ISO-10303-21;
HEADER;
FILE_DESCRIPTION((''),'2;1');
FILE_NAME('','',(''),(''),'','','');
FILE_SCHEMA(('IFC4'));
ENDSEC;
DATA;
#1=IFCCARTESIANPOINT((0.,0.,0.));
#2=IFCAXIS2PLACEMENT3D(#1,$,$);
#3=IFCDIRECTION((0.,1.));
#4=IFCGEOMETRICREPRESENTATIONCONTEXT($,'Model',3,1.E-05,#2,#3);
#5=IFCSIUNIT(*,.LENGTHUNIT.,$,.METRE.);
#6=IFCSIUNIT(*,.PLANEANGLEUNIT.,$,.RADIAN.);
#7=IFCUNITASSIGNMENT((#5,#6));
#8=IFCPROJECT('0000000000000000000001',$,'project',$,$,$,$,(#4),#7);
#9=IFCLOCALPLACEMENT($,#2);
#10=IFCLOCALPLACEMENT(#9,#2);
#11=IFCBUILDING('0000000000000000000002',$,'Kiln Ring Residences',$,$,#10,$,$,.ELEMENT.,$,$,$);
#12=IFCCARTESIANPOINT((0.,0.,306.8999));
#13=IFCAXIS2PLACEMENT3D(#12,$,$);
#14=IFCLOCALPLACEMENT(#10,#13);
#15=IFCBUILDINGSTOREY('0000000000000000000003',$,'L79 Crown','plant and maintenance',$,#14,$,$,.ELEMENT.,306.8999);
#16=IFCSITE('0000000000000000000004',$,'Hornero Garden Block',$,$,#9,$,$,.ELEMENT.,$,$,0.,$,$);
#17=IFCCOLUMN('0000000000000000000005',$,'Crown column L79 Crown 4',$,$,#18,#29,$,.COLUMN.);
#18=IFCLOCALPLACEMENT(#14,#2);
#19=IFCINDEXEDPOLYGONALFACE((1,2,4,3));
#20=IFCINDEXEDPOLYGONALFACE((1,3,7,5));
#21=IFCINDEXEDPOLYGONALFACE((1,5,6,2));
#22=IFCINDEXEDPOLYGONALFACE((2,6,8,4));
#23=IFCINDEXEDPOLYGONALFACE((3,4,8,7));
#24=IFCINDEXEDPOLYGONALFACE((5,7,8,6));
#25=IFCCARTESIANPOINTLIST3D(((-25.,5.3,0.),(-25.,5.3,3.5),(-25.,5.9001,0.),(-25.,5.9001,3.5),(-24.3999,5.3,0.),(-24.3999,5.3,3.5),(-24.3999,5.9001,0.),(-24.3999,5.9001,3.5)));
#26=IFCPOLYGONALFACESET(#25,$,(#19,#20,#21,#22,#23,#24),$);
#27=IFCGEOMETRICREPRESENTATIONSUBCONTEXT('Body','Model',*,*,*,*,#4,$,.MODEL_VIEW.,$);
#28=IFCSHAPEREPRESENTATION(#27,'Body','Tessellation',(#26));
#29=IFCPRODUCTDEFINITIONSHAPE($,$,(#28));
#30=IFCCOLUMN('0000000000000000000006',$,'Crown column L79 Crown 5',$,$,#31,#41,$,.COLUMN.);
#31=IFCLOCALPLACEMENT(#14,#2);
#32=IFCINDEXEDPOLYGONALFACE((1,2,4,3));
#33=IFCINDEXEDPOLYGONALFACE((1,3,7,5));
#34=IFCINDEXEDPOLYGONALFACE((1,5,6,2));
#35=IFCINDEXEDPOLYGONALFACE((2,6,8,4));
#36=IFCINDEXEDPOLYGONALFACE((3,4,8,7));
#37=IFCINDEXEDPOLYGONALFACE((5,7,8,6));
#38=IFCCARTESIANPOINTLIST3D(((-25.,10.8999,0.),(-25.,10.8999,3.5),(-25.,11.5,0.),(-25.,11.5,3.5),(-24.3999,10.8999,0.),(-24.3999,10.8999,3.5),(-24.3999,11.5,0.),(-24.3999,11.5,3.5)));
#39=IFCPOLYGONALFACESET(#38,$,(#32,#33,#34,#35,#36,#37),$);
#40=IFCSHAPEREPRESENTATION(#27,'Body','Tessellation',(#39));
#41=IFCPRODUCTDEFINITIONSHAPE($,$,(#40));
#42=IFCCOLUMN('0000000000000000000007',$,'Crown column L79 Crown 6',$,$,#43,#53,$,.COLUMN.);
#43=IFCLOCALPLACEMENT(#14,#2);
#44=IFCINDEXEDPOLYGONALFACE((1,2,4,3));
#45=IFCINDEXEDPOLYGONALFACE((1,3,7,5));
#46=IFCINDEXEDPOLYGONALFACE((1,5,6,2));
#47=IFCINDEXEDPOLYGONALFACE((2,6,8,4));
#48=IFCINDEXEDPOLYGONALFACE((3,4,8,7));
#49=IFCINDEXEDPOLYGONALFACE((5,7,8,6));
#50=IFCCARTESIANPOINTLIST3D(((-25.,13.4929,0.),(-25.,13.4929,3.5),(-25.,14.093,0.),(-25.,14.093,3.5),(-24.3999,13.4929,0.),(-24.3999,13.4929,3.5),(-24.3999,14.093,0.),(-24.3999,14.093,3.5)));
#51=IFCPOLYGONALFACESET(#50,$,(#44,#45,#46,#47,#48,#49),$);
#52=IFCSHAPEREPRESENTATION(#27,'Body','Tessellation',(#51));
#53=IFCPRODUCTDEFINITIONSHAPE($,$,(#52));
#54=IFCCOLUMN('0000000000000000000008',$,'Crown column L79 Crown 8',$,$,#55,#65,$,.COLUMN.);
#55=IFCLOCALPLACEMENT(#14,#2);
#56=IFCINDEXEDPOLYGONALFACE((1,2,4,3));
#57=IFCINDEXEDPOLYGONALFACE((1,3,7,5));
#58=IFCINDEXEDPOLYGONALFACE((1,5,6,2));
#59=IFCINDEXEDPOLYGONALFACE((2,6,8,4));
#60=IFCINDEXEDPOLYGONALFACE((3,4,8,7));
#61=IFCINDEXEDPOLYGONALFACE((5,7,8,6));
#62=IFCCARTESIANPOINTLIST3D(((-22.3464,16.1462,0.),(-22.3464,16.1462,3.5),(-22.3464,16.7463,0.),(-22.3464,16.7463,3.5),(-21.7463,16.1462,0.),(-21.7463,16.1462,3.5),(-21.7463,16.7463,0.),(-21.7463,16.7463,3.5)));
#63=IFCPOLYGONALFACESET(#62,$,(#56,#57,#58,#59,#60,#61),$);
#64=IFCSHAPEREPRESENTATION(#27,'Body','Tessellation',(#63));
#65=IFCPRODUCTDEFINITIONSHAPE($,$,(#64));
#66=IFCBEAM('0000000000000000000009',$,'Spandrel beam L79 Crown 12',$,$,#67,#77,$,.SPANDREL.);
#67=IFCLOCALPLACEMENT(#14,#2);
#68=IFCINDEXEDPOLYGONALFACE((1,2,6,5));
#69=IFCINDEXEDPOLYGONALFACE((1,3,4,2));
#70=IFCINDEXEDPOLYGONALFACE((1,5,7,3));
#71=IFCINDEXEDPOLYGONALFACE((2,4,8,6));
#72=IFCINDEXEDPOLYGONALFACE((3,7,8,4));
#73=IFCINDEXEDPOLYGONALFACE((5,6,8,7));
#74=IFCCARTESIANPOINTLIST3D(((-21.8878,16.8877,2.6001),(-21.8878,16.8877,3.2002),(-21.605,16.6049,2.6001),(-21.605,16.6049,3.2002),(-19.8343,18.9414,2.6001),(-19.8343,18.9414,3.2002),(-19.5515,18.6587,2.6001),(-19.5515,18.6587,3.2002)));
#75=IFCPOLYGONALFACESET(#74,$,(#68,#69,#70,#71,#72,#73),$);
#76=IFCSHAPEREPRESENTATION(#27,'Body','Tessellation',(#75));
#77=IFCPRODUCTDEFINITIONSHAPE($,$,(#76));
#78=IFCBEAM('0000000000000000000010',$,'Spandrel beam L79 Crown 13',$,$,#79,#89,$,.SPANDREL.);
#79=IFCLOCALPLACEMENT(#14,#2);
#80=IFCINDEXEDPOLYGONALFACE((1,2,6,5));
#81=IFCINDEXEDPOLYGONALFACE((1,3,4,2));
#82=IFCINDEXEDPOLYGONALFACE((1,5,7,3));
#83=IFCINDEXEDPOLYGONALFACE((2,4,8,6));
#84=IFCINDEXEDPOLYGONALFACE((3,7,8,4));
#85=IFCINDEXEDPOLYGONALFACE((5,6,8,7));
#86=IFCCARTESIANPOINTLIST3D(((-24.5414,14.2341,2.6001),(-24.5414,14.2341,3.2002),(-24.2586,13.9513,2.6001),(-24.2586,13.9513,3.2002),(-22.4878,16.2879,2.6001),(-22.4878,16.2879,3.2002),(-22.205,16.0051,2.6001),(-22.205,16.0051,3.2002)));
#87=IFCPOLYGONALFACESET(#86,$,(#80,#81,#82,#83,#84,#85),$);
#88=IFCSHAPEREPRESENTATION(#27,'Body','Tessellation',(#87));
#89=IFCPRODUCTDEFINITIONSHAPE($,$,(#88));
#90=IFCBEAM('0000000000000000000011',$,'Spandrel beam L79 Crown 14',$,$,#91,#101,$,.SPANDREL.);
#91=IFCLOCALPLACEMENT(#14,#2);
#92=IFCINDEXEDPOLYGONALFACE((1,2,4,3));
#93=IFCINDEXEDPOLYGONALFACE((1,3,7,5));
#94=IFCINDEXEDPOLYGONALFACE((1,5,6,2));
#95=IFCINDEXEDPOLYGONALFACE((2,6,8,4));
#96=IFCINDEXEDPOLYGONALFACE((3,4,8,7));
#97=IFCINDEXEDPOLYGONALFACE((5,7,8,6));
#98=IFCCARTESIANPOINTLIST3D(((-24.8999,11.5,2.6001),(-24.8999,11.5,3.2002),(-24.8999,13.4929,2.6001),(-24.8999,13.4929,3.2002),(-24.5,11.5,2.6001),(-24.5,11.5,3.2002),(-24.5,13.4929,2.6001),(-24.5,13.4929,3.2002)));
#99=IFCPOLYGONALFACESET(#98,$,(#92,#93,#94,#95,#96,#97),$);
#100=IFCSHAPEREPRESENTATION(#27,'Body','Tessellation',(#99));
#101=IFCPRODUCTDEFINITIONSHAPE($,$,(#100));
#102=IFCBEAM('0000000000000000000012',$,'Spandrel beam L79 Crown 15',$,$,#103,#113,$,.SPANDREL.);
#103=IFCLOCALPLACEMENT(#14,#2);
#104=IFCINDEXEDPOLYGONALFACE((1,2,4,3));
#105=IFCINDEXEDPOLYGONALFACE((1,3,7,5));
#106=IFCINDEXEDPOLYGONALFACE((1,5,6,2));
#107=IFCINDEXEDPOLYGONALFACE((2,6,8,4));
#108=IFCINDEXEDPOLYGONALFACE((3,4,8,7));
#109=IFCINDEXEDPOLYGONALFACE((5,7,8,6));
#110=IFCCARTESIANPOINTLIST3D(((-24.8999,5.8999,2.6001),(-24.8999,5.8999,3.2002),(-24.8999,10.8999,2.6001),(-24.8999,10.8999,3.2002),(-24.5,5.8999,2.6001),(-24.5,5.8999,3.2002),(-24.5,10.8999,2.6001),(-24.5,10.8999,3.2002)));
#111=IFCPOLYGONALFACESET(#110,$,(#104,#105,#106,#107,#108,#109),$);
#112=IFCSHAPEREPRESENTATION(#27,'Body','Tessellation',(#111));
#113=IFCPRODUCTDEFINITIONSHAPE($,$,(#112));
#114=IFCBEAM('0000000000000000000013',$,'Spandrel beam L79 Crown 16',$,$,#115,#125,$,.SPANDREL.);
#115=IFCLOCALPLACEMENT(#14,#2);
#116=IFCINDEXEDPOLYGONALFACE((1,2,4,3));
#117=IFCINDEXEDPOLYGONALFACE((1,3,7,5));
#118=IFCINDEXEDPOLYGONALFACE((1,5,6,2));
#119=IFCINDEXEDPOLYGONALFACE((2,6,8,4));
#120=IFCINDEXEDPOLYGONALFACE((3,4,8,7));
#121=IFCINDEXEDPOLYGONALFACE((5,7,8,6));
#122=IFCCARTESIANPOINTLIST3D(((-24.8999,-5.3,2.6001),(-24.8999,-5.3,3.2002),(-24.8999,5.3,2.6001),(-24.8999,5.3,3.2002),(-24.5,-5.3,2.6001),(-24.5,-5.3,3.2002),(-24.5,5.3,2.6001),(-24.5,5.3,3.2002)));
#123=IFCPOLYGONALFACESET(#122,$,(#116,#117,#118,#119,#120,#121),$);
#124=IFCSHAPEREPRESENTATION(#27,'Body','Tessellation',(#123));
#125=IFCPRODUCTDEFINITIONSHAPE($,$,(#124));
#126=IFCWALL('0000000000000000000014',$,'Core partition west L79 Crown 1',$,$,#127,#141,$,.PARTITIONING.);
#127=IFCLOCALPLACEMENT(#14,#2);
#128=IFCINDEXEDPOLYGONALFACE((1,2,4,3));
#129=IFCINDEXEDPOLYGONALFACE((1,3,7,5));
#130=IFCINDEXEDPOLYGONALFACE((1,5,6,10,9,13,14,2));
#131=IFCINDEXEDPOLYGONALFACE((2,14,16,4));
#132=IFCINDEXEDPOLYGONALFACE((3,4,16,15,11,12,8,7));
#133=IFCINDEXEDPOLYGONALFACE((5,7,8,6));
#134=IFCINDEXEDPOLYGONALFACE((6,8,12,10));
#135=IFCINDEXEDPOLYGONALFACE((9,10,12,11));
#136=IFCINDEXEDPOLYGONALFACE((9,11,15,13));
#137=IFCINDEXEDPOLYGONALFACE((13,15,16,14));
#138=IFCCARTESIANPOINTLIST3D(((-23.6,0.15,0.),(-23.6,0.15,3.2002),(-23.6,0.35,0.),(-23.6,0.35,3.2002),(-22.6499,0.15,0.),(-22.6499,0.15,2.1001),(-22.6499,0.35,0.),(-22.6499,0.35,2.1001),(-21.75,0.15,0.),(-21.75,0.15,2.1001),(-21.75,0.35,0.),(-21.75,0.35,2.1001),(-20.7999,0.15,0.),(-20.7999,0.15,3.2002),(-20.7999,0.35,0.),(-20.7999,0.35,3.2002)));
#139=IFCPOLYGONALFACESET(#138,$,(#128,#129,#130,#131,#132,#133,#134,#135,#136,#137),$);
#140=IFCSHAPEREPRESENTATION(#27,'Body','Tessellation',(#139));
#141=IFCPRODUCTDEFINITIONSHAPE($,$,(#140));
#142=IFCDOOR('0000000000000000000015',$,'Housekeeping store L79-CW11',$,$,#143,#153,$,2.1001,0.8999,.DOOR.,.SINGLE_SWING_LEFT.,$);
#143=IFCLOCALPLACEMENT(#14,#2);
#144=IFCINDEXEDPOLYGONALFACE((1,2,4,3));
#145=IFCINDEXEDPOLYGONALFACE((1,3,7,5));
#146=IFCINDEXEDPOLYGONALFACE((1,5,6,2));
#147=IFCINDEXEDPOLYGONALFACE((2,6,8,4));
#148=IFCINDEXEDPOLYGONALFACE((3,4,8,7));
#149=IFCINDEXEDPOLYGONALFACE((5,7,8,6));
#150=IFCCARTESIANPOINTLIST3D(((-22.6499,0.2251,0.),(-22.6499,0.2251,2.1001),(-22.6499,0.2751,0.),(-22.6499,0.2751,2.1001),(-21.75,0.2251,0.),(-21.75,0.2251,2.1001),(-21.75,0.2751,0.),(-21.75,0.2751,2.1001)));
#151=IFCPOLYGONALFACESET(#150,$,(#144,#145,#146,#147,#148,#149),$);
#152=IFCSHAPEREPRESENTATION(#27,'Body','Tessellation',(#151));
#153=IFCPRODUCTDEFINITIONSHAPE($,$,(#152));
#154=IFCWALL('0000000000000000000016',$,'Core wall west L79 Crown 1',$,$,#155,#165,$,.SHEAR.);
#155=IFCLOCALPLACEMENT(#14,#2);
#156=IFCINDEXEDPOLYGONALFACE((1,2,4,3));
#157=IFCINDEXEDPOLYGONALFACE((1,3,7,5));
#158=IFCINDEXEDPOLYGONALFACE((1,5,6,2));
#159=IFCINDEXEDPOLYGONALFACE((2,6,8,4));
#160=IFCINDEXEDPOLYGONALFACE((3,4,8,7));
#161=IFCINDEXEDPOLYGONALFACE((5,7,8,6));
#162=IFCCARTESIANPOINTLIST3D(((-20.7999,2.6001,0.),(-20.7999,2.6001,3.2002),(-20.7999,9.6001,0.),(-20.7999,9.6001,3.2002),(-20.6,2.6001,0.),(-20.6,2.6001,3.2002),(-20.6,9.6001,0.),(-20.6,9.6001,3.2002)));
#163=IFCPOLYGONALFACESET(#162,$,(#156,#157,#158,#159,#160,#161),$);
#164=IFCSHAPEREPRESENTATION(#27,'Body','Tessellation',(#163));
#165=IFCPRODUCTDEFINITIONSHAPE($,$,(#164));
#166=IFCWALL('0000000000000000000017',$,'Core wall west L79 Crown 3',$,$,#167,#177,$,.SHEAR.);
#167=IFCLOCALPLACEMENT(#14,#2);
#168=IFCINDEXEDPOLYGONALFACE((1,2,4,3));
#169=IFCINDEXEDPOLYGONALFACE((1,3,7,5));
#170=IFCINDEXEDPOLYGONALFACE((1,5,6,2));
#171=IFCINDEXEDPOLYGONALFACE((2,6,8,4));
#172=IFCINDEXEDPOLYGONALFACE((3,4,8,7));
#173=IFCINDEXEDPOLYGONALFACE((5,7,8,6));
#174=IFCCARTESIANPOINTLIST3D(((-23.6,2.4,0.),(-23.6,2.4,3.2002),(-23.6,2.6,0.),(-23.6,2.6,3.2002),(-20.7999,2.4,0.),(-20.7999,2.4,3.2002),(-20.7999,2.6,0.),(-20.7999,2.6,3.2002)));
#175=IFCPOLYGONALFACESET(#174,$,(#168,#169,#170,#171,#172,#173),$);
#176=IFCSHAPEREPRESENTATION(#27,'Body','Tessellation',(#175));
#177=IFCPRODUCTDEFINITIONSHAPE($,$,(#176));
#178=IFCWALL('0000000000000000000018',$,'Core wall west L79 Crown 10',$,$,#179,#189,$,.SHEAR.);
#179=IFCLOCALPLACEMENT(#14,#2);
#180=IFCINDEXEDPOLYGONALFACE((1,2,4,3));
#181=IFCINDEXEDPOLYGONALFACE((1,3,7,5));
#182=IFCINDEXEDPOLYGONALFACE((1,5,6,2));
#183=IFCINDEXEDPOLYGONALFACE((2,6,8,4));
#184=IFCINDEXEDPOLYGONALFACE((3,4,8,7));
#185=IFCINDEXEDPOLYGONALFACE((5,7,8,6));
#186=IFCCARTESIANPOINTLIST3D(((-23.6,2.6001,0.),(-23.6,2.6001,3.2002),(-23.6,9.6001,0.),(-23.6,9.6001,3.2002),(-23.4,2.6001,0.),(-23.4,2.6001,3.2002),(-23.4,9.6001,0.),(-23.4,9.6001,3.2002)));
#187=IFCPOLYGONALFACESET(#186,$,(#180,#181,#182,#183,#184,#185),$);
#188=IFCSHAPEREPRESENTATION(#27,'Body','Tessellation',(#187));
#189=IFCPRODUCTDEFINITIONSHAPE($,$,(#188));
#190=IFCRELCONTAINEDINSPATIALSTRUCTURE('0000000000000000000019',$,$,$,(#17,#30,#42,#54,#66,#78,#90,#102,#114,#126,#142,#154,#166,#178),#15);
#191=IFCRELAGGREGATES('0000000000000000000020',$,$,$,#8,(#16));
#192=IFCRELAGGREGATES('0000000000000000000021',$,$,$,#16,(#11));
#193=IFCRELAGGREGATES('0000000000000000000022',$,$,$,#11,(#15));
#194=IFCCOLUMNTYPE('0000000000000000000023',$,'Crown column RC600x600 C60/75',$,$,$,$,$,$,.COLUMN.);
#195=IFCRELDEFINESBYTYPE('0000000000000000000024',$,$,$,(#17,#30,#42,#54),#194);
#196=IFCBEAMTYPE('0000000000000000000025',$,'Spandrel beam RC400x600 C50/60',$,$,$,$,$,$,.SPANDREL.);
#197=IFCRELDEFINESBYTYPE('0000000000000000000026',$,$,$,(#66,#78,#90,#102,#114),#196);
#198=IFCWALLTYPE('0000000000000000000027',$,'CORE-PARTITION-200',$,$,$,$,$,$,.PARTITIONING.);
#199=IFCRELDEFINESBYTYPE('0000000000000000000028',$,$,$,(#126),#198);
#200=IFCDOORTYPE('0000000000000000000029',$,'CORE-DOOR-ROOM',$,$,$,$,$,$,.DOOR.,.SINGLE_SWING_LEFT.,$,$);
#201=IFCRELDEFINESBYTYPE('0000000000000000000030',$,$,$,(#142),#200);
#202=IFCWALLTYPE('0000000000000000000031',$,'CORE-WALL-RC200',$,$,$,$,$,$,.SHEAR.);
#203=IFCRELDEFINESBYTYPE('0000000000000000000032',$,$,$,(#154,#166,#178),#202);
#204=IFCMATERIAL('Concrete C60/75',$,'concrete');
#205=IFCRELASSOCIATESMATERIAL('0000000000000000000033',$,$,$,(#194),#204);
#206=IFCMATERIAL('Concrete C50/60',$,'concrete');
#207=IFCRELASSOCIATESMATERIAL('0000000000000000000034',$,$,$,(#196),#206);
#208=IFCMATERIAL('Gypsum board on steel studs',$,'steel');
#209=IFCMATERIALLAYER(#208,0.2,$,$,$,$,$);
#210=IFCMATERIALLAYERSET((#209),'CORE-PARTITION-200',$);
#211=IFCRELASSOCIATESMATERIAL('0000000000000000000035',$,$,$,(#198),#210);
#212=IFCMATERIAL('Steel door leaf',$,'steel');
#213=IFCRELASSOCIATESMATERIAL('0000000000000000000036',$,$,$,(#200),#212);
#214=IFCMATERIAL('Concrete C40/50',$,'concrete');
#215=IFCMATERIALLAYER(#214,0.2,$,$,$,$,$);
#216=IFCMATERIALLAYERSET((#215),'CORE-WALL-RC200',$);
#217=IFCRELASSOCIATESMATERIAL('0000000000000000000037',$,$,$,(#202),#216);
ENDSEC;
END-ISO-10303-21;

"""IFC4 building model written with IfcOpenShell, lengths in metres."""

from ifc_helpers import new_model, si_unit, direction, frame, frame_2d, origin, origin_2d, place, context, subcontext, project, spatial, rectangle, extrude, material, layer, layer_set, material_profile, profile_set, type_object, element, fill, save


model = new_model("IFC4")

# Units and contexts
model_context = context("Model", 3, precision=1e-05, world=origin(), true_north=direction((0.0, 1.0)))
body_context = subcontext(model_context, "Body", "Model", "MODEL_VIEW")
ifc_project = project(units=[si_unit("LENGTHUNIT", "METRE"), si_unit("PLANEANGLEUNIT", "RADIAN")], contexts=[model_context])

# Site, building, storey
site_placement = place(None, origin())
site = spatial("IfcSite", under=ifc_project, at=site_placement, Name="Hornero Garden Block", CompositionType="ELEMENT", RefElevation=0.0)
building_placement = place(site_placement, origin())
building = spatial("IfcBuilding", under=site, at=building_placement, Name="Kiln Ring Residences", CompositionType="ELEMENT")
storey_placement = place(building_placement, frame((0.0, 0.0, 306.8999)))
storey = spatial("IfcBuildingStorey", under=building, at=storey_placement, Name="L79 Crown", Description="plant and maintenance", CompositionType="ELEMENT", Elevation=306.8999)

# Columns
ifc_material_1 = material(Name="Concrete C60/75", Category="concrete")
ifc_material_profile_1 = material_profile(ifc_material_1, rectangle(XDim=0.6001, YDim=0.6001, at=origin_2d()), Name="RC600x600")
ifc_profile_set_1 = profile_set([ifc_material_profile_1], Name="Concrete C60/75")
column_type = type_object("IfcColumnType", Name="Crown column RC600x600 C60/75", PredefinedType="COLUMN", material=ifc_profile_set_1)
for number, where, z_axis, x_axis, name in (
    (1, (-24.7, 5.6001, 0.0), (0.0, 0.0, 1.0), (1.0, 0.0, 0.0), "Crown column L79 Crown 4"),
    (2, (-24.7, 11.2, 0.0), (0.0, 0.0, 1.0), (1.0, 0.0, 0.0), "Crown column L79 Crown 5"),
    (3, (-24.7, 13.793, 0.0), (0.0, 0.0, 1.0), (1.0, 0.0, 0.0), "Crown column L79 Crown 6"),
    (4, (-22.0464, 16.4463, 0.0), (0.0, 0.0, 1.0), (1.0, 0.0, 0.0), "Crown column L79 Crown 8"),
):
    element("IfcColumn", number, at=place(storey_placement, frame(where, z_axis=z_axis, x_axis=x_axis)), inside=storey, type_object=column_type, Name=name, PredefinedType="COLUMN", context=body_context, shape_type="SweptSolid", body=[
        extrude(rectangle(XDim=0.6001, YDim=0.6001, at=origin_2d()), origin(), (0.0, 0.0, 1.0), 3.5),
    ])

# Beams
ifc_material_2 = material(Name="Concrete C50/60", Category="concrete")
ifc_material_profile_2 = material_profile(ifc_material_2, rectangle(XDim=0.3999, YDim=0.6001, at=origin_2d()), Name="RC400x600")
ifc_profile_set_2 = profile_set([ifc_material_profile_2], Name="Concrete C50/60")
beam_type = type_object("IfcBeamType", Name="Spandrel beam RC400x600 C50/60", PredefinedType="SPANDREL", material=ifc_profile_set_2)
for number, where, z_axis, x_axis, name in (
    (5, (-19.6929, 18.8, 2.9001), (-0.707065, -0.707149, 0.0), (0.707149, -0.707065, 0.0), "Spandrel beam L79 Crown 12"),
    (6, (-22.3464, 16.1465, 2.9001), (-0.707065, -0.707149, 0.0), (0.707149, -0.707065, 0.0), "Spandrel beam L79 Crown 13"),
):
    element("IfcBeam", number, at=place(storey_placement, frame(where, z_axis=z_axis, x_axis=x_axis)), inside=storey, type_object=beam_type, Name=name, PredefinedType="SPANDREL", context=body_context, shape_type="SweptSolid", body=[
        extrude(rectangle(XDim=0.3999, YDim=0.6001, at=origin_2d()), origin(), (0.0, 0.0, 1.0), 2.9043),
    ])
beam_1_placement = place(storey_placement, frame((-24.7, 13.4929, 2.9001), z_axis=(0.0, -1.0, 0.0), x_axis=(1.0, 0.0, 0.0)))
element("IfcBeam", 7, at=beam_1_placement, inside=storey, type_object=beam_type, Name="Spandrel beam L79 Crown 14", PredefinedType="SPANDREL", context=body_context, shape_type="SweptSolid", body=[
    extrude(rectangle(XDim=0.3999, YDim=0.6001, at=origin_2d()), origin(), (0.0, 0.0, 1.0), 1.9929),
])
beam_2_placement = place(storey_placement, frame((-24.7, 10.8999, 2.9001), z_axis=(0.0, -1.0, 0.0), x_axis=(1.0, 0.0, 0.0)))
element("IfcBeam", 8, at=beam_2_placement, inside=storey, type_object=beam_type, Name="Spandrel beam L79 Crown 15", PredefinedType="SPANDREL", context=body_context, shape_type="SweptSolid", body=[
    extrude(rectangle(XDim=0.3999, YDim=0.6001, at=origin_2d()), origin(), (0.0, 0.0, 1.0), 5.0),
])
beam_3_placement = place(storey_placement, frame((-24.7, 5.3, 2.9001), z_axis=(0.0, -1.0, 0.0), x_axis=(1.0, 0.0, 0.0)))
element("IfcBeam", 9, at=beam_3_placement, inside=storey, type_object=beam_type, Name="Spandrel beam L79 Crown 16", PredefinedType="SPANDREL", context=body_context, shape_type="SweptSolid", body=[
    extrude(rectangle(XDim=0.3999, YDim=0.6001, at=origin_2d()), origin(), (0.0, 0.0, 1.0), 10.6001),
])

# Wall, opening, door
ifc_material_3 = material(Name="Gypsum board on steel studs", Category="steel")
ifc_layer_1 = layer(ifc_material_3, 0.2)
ifc_layer_set_1 = layer_set([ifc_layer_1], Name="CORE-PARTITION-200")
wall_type_1 = type_object("IfcWallType", Name="CORE-PARTITION-200", PredefinedType="PARTITIONING", material=ifc_layer_set_1)
wall_1_placement = place(storey_placement, frame((-20.8, 0.25, 0.0), z_axis=(0.0, 0.0, 1.0), x_axis=(-1.0, 0.0, 0.0)))
wall_1 = element("IfcWall", 10, at=wall_1_placement, inside=storey, type_object=wall_type_1, Name="Core partition west L79 Crown 1", PredefinedType="PARTITIONING", context=body_context, shape_type="SweptSolid", body=[
    extrude(rectangle(XDim=2.8, YDim=0.2, at=frame_2d((1.3999, 0.0))), origin(), (0.0, 0.0, 1.0), 3.2002),
])
opening_1_placement = place(wall_1_placement, frame((0.95, 0.0, 0.0)))
opening_1 = element("IfcOpeningElement", 11, at=opening_1_placement, cuts=wall_1, PredefinedType="OPENING", context=body_context, shape_type="SweptSolid", body=[
    extrude(rectangle(XDim=0.8999, YDim=2.1001, at=frame_2d((0.45, 1.05))), frame((0.0, 0.1099, 0.0), z_axis=(0.0, -1.0, 0.0), x_axis=(1.0, 0.0, 0.0)), (0.0, 0.0, 1.0), 0.22),
])
ifc_material_4 = material(Name="Steel door leaf", Category="steel")
door_type = type_object("IfcDoorType", Name="CORE-DOOR-ROOM", OperationType="SINGLE_SWING_LEFT", PredefinedType="DOOR", material=ifc_material_4)
door_placement = place(opening_1_placement, origin())
door = element("IfcDoor", 12, at=door_placement, inside=storey, type_object=door_type, Name="Housekeeping store L79-CW11", OperationType="SINGLE_SWING_LEFT", OverallHeight=2.1001, OverallWidth=0.8999, PredefinedType="DOOR", context=body_context, shape_type="SweptSolid", body=[
    extrude(rectangle(XDim=0.8999, YDim=2.1001, at=frame_2d((0.45, 1.05))), frame((0.0, 0.0249, 0.0), z_axis=(0.0, -1.0, 0.0), x_axis=(1.0, 0.0, 0.0)), (0.0, 0.0, 1.0), 0.05),
])
fill(opening_1, door)

# Walls
ifc_material_5 = material(Name="Concrete C40/50", Category="concrete")
ifc_layer_2 = layer(ifc_material_5, 0.2)
ifc_layer_set_2 = layer_set([ifc_layer_2], Name="CORE-WALL-RC200")
wall_type_2 = type_object("IfcWallType", Name="CORE-WALL-RC200", PredefinedType="SHEAR", material=ifc_layer_set_2)
wall_2_placement = place(storey_placement, frame((-20.7, 2.6001, 0.0), z_axis=(0.0, 0.0, 1.0), x_axis=(0.0, 1.0, 0.0)))
element("IfcWall", 13, at=wall_2_placement, inside=storey, type_object=wall_type_2, Name="Core wall west L79 Crown 1", PredefinedType="SHEAR", context=body_context, shape_type="SweptSolid", body=[
    extrude(rectangle(XDim=7.0, YDim=0.2, at=frame_2d((3.5, 0.0))), origin(), (0.0, 0.0, 1.0), 3.2002),
])
wall_3_placement = place(storey_placement, frame((-20.8, 2.5, 0.0), z_axis=(0.0, 0.0, 1.0), x_axis=(-1.0, 0.0, 0.0)))
element("IfcWall", 14, at=wall_3_placement, inside=storey, type_object=wall_type_2, Name="Core wall west L79 Crown 3", PredefinedType="SHEAR", context=body_context, shape_type="SweptSolid", body=[
    extrude(rectangle(XDim=2.8, YDim=0.2, at=frame_2d((1.3999, 0.0))), origin(), (0.0, 0.0, 1.0), 3.2002),
])
wall_4_placement = place(storey_placement, frame((-23.5, 2.6001, 0.0), z_axis=(0.0, 0.0, 1.0), x_axis=(0.0, 1.0, 0.0)))
element("IfcWall", 15, at=wall_4_placement, inside=storey, type_object=wall_type_2, Name="Core wall west L79 Crown 10", PredefinedType="SHEAR", context=body_context, shape_type="SweptSolid", body=[
    extrude(rectangle(XDim=7.0, YDim=0.2, at=frame_2d((3.5, 0.0))), origin(), (0.0, 0.0, 1.0), 3.2002),
])

save(model, "model.ifc")
